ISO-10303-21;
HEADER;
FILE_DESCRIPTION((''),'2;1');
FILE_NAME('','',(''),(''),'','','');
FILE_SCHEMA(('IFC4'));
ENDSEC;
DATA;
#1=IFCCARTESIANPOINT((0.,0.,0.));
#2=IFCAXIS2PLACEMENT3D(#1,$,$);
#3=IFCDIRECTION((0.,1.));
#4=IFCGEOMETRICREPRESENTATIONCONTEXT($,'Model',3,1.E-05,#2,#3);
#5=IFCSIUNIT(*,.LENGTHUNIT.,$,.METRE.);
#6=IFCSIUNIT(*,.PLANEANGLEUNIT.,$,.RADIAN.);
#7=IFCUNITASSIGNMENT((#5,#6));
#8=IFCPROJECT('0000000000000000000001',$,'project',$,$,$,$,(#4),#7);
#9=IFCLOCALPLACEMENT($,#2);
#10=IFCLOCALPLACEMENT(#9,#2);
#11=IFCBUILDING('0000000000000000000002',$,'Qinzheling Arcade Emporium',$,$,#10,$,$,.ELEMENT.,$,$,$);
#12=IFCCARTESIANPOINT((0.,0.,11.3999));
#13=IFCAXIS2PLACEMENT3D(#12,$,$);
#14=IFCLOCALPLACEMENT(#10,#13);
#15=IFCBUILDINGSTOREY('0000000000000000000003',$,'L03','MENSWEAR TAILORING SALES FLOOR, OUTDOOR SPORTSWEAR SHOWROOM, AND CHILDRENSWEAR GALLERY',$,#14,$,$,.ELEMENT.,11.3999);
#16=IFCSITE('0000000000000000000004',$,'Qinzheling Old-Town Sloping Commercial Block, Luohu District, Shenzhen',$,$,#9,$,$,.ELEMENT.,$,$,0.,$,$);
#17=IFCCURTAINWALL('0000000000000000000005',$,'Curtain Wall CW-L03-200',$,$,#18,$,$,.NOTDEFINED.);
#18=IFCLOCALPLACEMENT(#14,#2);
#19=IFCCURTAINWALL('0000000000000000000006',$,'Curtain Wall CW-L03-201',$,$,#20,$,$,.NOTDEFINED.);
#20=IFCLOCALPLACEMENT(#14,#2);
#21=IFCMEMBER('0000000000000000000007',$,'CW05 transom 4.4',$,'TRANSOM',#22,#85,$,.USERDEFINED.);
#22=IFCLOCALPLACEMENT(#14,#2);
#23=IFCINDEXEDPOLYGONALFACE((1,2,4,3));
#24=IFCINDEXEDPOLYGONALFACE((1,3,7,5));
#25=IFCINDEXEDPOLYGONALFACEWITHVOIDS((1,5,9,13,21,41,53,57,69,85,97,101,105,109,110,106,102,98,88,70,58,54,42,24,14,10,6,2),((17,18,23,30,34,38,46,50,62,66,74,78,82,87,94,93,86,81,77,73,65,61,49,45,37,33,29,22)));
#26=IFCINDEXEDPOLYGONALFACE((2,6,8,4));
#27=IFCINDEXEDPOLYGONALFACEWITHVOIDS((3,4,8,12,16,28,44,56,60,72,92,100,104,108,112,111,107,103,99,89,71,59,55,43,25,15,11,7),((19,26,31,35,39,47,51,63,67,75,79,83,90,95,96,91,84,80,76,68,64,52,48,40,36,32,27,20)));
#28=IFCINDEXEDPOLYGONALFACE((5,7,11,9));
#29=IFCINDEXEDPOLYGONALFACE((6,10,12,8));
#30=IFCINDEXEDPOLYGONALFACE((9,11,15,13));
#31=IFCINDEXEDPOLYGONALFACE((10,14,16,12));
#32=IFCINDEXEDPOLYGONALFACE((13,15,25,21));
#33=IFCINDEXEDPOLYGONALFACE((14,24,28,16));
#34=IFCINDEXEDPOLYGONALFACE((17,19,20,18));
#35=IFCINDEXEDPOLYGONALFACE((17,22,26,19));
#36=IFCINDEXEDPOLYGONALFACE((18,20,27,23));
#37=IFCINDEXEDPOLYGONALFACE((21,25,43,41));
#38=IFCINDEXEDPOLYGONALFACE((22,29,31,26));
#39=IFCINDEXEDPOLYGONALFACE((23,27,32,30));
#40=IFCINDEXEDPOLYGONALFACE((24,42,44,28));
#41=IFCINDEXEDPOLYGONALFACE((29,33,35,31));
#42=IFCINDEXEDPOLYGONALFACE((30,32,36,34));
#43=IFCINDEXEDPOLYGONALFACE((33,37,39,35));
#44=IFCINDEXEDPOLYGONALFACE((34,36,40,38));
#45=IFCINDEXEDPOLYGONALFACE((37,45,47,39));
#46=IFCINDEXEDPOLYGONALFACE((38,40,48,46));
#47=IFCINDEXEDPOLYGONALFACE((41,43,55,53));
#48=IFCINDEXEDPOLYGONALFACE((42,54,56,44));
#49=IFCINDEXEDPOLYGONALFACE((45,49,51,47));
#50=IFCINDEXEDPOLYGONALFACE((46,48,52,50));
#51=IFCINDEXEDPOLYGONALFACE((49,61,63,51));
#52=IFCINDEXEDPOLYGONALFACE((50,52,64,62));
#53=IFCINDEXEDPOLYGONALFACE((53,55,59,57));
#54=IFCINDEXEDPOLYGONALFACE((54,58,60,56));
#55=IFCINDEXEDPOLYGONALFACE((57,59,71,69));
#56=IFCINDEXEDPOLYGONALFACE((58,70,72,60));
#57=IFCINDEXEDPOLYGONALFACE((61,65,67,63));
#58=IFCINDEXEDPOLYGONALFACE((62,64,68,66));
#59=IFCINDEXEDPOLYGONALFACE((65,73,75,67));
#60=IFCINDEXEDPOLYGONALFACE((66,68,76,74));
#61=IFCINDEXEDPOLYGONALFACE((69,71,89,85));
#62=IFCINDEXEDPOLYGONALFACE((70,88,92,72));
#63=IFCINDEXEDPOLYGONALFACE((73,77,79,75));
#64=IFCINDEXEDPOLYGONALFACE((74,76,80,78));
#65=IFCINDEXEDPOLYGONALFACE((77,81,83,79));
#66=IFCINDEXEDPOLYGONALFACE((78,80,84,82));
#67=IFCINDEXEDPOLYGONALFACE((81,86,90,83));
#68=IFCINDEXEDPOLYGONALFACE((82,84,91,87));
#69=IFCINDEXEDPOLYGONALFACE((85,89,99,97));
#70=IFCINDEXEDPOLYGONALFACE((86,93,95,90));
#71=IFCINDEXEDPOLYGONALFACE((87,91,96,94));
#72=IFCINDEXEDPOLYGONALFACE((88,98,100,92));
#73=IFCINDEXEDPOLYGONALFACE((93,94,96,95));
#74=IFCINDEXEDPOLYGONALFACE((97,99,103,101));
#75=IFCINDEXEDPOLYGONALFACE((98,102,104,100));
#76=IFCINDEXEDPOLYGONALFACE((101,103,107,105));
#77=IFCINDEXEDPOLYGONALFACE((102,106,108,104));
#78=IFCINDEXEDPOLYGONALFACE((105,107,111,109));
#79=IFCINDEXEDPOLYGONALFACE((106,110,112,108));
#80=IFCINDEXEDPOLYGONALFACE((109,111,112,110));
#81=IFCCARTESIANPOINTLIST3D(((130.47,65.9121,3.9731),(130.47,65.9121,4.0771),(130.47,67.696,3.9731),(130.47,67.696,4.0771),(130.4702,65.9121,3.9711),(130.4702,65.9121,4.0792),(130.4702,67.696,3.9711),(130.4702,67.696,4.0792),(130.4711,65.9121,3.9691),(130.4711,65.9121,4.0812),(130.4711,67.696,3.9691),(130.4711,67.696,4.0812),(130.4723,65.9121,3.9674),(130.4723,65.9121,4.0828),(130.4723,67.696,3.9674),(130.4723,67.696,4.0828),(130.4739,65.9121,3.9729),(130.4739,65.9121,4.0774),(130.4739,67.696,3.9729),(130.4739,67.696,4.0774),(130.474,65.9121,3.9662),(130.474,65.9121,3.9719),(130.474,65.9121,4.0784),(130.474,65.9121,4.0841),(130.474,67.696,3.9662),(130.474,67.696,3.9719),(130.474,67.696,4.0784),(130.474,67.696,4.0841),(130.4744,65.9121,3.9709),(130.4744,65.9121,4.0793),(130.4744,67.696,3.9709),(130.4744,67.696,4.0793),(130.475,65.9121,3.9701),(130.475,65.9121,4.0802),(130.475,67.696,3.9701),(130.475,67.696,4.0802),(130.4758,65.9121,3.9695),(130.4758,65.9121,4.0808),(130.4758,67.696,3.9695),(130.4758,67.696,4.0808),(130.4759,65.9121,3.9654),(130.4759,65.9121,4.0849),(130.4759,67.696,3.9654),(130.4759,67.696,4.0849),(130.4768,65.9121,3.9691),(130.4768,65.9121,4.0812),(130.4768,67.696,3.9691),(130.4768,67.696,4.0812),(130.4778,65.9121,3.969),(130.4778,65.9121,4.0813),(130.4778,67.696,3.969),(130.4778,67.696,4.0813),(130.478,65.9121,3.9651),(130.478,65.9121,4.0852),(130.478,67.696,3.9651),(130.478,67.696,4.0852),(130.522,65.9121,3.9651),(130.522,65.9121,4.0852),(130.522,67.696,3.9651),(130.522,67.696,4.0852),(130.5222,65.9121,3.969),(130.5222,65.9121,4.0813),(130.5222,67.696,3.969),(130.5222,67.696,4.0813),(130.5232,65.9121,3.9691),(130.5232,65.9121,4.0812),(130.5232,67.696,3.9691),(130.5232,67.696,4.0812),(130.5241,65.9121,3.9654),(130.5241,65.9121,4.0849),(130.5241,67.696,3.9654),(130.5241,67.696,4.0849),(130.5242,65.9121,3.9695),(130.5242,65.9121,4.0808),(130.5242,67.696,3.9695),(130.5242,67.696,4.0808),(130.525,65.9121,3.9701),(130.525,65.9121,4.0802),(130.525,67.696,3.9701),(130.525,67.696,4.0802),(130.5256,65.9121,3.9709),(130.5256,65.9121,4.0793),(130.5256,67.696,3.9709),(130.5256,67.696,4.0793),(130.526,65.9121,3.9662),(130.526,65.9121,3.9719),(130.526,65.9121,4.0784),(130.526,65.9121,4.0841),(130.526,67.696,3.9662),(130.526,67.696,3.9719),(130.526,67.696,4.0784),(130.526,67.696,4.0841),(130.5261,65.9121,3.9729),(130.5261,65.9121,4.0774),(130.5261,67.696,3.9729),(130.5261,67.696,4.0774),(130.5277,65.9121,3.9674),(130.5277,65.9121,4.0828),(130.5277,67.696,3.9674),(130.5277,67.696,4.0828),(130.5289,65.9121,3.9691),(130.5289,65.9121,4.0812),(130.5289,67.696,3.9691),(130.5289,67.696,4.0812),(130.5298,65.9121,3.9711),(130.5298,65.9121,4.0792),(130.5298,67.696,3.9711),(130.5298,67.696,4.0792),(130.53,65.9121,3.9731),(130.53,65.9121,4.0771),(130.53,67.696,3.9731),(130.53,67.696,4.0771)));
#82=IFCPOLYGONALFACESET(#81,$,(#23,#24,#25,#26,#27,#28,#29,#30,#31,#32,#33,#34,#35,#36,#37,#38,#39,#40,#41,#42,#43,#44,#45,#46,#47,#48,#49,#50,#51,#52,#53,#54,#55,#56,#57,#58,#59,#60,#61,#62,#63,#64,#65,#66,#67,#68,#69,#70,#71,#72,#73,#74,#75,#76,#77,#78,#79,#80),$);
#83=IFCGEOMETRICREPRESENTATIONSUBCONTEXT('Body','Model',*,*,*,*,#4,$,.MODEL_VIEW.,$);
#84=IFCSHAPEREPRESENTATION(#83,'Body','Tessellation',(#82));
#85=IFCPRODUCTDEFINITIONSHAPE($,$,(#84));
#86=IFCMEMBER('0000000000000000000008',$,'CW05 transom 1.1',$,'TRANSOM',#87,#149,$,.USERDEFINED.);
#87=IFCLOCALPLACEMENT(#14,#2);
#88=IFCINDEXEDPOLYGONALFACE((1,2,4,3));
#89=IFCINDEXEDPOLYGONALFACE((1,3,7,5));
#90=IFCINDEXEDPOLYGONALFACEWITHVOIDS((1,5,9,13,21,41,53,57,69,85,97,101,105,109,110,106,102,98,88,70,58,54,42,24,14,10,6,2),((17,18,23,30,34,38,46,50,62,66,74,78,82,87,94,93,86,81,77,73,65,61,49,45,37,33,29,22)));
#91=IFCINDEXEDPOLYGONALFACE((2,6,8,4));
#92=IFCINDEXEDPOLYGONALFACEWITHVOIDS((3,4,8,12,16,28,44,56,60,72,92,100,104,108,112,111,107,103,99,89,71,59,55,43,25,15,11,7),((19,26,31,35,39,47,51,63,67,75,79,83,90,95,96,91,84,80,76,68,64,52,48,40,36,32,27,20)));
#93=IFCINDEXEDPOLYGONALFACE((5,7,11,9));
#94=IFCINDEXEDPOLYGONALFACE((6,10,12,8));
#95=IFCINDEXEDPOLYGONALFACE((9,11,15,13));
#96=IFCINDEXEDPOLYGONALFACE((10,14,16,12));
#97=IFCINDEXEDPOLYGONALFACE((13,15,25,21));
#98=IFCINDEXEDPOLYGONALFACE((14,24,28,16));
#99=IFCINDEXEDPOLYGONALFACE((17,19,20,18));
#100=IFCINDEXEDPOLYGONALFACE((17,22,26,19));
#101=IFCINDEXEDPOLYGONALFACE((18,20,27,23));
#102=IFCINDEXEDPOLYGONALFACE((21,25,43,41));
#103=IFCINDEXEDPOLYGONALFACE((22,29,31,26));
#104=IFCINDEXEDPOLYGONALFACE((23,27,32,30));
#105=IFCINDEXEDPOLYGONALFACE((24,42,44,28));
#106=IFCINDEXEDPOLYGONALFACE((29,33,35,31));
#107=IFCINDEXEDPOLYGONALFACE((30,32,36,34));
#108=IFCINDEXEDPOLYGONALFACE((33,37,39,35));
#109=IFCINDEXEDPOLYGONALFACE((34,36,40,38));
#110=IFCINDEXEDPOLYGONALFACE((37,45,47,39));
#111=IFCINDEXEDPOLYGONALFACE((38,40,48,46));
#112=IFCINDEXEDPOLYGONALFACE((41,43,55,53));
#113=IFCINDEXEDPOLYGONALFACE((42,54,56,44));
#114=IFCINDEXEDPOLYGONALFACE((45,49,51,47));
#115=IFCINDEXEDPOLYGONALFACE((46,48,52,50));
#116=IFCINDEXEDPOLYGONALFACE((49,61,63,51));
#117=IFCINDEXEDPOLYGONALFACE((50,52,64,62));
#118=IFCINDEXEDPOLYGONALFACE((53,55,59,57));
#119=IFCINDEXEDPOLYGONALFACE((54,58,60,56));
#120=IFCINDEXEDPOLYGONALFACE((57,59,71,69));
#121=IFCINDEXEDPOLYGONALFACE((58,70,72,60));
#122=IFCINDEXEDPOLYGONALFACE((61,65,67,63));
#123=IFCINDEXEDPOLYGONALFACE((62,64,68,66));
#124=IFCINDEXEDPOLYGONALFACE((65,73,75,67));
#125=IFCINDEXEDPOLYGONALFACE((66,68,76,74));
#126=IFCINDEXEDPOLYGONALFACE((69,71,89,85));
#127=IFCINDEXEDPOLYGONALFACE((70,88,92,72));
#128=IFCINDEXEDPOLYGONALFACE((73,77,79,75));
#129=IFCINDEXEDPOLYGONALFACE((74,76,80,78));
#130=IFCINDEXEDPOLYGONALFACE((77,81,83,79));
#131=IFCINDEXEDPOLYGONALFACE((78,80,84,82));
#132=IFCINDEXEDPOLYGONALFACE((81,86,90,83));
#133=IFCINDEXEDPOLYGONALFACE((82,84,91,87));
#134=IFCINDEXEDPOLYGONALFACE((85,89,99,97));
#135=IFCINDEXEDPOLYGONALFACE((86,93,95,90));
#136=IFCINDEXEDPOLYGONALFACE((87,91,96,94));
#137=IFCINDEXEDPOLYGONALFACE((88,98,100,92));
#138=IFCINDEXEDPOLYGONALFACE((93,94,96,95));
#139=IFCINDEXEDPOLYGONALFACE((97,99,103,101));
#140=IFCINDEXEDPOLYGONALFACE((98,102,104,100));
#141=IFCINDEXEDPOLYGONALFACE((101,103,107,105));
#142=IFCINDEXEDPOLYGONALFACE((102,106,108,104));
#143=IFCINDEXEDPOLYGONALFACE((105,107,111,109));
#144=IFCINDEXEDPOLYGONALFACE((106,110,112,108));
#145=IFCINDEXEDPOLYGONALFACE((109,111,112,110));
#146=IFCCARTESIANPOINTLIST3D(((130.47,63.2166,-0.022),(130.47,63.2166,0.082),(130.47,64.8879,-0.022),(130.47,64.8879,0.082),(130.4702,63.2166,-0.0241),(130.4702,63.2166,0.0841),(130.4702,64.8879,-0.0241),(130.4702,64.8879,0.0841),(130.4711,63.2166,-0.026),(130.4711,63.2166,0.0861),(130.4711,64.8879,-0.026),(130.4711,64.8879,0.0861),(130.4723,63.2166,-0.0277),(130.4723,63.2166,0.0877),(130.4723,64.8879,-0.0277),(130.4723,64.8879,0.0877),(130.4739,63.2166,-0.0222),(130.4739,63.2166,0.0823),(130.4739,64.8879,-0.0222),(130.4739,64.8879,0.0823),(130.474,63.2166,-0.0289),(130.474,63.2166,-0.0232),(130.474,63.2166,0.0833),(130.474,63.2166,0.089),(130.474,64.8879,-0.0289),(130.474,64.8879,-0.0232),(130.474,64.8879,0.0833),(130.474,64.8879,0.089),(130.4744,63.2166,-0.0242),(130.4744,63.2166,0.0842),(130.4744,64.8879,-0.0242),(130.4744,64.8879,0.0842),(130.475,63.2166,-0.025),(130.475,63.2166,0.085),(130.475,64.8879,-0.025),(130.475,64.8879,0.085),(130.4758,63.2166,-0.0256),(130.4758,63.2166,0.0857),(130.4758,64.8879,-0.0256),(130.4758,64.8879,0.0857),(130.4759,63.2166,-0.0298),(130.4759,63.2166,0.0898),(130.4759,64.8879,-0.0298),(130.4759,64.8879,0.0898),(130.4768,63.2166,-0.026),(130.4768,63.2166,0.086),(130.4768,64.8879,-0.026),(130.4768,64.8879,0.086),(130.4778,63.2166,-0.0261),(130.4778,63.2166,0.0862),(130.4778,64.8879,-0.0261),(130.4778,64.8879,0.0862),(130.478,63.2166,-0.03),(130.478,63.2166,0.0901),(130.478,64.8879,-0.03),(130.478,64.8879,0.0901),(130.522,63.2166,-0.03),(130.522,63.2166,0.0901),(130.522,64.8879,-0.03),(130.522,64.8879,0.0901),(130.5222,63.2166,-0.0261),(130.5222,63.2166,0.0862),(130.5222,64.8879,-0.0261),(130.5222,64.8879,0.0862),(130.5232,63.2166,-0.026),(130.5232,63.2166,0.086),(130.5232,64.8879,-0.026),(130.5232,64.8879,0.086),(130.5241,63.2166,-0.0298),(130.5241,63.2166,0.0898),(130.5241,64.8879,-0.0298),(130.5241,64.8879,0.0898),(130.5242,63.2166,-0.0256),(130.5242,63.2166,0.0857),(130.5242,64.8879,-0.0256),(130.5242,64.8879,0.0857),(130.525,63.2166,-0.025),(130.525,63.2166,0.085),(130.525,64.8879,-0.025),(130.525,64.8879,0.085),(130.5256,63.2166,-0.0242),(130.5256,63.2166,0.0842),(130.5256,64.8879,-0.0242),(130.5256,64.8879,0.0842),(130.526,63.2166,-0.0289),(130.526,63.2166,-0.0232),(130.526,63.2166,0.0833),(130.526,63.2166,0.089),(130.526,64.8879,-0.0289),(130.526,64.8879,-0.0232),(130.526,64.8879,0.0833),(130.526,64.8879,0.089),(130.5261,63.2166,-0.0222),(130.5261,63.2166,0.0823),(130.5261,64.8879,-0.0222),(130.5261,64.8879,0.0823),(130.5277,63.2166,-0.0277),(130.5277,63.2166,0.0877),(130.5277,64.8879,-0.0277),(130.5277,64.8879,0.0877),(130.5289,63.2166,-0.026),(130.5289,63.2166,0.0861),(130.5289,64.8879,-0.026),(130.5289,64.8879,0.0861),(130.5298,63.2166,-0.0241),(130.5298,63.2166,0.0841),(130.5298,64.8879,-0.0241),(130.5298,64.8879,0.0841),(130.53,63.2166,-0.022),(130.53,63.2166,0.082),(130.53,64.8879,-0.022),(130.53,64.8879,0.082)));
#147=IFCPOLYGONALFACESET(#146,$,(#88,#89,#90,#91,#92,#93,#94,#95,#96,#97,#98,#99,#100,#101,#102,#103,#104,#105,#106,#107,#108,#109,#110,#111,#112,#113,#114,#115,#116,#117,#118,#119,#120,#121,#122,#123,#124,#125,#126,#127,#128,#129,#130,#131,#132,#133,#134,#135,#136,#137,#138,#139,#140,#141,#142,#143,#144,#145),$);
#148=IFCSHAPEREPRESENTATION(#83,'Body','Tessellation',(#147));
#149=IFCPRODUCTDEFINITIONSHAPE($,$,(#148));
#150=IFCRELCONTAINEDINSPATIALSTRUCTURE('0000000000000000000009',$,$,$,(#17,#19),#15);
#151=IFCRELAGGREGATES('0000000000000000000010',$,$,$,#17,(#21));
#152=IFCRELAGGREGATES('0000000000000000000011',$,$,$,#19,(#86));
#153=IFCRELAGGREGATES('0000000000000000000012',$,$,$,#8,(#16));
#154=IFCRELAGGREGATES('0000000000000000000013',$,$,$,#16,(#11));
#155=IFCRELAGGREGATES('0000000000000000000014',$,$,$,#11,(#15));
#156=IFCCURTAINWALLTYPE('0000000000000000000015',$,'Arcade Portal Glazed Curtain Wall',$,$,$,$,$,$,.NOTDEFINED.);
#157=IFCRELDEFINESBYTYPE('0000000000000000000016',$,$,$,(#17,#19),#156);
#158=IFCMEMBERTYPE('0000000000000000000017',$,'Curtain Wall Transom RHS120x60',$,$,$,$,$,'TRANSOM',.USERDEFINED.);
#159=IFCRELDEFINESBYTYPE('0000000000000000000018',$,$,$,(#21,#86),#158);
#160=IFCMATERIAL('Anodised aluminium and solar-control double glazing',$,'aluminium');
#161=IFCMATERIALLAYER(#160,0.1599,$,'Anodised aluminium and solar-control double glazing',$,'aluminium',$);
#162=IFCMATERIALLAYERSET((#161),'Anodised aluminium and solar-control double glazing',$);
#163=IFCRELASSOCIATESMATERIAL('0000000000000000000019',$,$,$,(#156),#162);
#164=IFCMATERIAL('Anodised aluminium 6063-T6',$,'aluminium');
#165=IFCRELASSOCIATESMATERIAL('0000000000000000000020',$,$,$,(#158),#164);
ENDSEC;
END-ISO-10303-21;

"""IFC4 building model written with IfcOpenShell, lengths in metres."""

from ifc_helpers import new_model, si_unit, direction, frame, origin, origin_2d, place, context, subcontext, project, spatial, hollow_rectangle, extrude, material, layer, layer_set, material_profile, profile_set, type_object, element, aggregate, save


model = new_model("IFC4")

# Units and contexts
model_context = context("Model", 3, precision=1e-05, world=origin(), true_north=direction((0.0, 1.0)))
body_context = subcontext(model_context, "Body", "Model", "MODEL_VIEW")
ifc_project = project(units=[si_unit("LENGTHUNIT", "METRE"), si_unit("PLANEANGLEUNIT", "RADIAN")], contexts=[model_context])

# Site, building, storey
site_placement = place(None, origin())
site = spatial("IfcSite", under=ifc_project, at=site_placement, Name="Qinzheling Old-Town Sloping Commercial Block, Luohu District, Shenzhen", CompositionType="ELEMENT", RefElevation=0.0)
building_placement = place(site_placement, origin())
building = spatial("IfcBuilding", under=site, at=building_placement, Name="Qinzheling Arcade Emporium", CompositionType="ELEMENT")
storey_placement = place(building_placement, frame((0.0, 0.0, 11.3999)))
storey = spatial("IfcBuildingStorey", under=building, at=storey_placement, Name="L03", Description="MENSWEAR TAILORING SALES FLOOR, OUTDOOR SPORTSWEAR SHOWROOM, AND CHILDRENSWEAR GALLERY", CompositionType="ELEMENT", Elevation=11.3999)

# Curtain wall
ifc_material_1 = material(Name="Anodised aluminium and solar-control double glazing", Category="aluminium")
ifc_layer_1 = layer(ifc_material_1, 0.1599, Name="Anodised aluminium and solar-control double glazing", Category="aluminium")
ifc_layer_set_1 = layer_set([ifc_layer_1], Name="Anodised aluminium and solar-control double glazing")
curtain_wall_type = type_object("IfcCurtainWallType", Name="Arcade Portal Glazed Curtain Wall", PredefinedType="NOTDEFINED", material=ifc_layer_set_1)
curtain_wall_1_placement = place(storey_placement, origin())
curtain_wall_1 = element("IfcCurtainWall", 1, at=curtain_wall_1_placement, inside=storey, type_object=curtain_wall_type, Name="Curtain Wall CW-L03-200", PredefinedType="NOTDEFINED")
ifc_material_2 = material(Name="Anodised aluminium 6063-T6", Category="aluminium")

# Curtain wall
curtain_wall_2_placement = place(storey_placement, origin())
curtain_wall_2 = element("IfcCurtainWall", 2, at=curtain_wall_2_placement, inside=storey, type_object=curtain_wall_type, Name="Curtain Wall CW-L03-201", PredefinedType="NOTDEFINED")

# Members
ifc_material_profile_1 = material_profile(ifc_material_2, hollow_rectangle(XDim=0.0601, YDim=0.1201, WallThickness=0.0039, InnerFilletRadius=0.0039, OuterFilletRadius=0.0081, at=origin_2d()), Name="RHS 120x60x4", Category="aluminium")
ifc_profile_set_1 = profile_set([ifc_material_profile_1], Name="Anodised aluminium 6063-T6")
member_type_1 = type_object("IfcMemberType", Name="Curtain Wall Transom RHS120x60", ElementType="TRANSOM", PredefinedType="USERDEFINED", material=ifc_profile_set_1)
member_1_placement = place(storey_placement, frame((130.5, 67.696, 4.0251), z_axis=(0.0, -1.0, 0.0), x_axis=(1.0, 0.0, 0.0)))
member_1 = element("IfcMember", 3, at=member_1_placement, type_object=member_type_1, Name="CW05 transom 4.4", ObjectType="TRANSOM", PredefinedType="USERDEFINED", context=body_context, shape_type="SweptSolid", body=[
    extrude(hollow_rectangle(XDim=0.0601, YDim=0.1201, WallThickness=0.0039, InnerFilletRadius=0.0039, OuterFilletRadius=0.0081, at=origin_2d()), origin(), (0.0, 0.0, 1.0), 1.7839),
])
member_2_placement = place(storey_placement, frame((130.5, 64.8879, 0.03), z_axis=(0.0, -1.0, 0.0), x_axis=(1.0, 0.0, 0.0)))
member_2 = element("IfcMember", 4, at=member_2_placement, type_object=member_type_1, Name="CW05 transom 1.1", ObjectType="TRANSOM", PredefinedType="USERDEFINED", context=body_context, shape_type="SweptSolid", body=[
    extrude(hollow_rectangle(XDim=0.0601, YDim=0.1201, WallThickness=0.0039, InnerFilletRadius=0.0039, OuterFilletRadius=0.0081, at=origin_2d()), origin(), (0.0, 0.0, 1.0), 1.6714),
])

aggregate(curtain_wall_1, [member_1])
aggregate(curtain_wall_2, [member_2])

save(model, "model.ifc")
